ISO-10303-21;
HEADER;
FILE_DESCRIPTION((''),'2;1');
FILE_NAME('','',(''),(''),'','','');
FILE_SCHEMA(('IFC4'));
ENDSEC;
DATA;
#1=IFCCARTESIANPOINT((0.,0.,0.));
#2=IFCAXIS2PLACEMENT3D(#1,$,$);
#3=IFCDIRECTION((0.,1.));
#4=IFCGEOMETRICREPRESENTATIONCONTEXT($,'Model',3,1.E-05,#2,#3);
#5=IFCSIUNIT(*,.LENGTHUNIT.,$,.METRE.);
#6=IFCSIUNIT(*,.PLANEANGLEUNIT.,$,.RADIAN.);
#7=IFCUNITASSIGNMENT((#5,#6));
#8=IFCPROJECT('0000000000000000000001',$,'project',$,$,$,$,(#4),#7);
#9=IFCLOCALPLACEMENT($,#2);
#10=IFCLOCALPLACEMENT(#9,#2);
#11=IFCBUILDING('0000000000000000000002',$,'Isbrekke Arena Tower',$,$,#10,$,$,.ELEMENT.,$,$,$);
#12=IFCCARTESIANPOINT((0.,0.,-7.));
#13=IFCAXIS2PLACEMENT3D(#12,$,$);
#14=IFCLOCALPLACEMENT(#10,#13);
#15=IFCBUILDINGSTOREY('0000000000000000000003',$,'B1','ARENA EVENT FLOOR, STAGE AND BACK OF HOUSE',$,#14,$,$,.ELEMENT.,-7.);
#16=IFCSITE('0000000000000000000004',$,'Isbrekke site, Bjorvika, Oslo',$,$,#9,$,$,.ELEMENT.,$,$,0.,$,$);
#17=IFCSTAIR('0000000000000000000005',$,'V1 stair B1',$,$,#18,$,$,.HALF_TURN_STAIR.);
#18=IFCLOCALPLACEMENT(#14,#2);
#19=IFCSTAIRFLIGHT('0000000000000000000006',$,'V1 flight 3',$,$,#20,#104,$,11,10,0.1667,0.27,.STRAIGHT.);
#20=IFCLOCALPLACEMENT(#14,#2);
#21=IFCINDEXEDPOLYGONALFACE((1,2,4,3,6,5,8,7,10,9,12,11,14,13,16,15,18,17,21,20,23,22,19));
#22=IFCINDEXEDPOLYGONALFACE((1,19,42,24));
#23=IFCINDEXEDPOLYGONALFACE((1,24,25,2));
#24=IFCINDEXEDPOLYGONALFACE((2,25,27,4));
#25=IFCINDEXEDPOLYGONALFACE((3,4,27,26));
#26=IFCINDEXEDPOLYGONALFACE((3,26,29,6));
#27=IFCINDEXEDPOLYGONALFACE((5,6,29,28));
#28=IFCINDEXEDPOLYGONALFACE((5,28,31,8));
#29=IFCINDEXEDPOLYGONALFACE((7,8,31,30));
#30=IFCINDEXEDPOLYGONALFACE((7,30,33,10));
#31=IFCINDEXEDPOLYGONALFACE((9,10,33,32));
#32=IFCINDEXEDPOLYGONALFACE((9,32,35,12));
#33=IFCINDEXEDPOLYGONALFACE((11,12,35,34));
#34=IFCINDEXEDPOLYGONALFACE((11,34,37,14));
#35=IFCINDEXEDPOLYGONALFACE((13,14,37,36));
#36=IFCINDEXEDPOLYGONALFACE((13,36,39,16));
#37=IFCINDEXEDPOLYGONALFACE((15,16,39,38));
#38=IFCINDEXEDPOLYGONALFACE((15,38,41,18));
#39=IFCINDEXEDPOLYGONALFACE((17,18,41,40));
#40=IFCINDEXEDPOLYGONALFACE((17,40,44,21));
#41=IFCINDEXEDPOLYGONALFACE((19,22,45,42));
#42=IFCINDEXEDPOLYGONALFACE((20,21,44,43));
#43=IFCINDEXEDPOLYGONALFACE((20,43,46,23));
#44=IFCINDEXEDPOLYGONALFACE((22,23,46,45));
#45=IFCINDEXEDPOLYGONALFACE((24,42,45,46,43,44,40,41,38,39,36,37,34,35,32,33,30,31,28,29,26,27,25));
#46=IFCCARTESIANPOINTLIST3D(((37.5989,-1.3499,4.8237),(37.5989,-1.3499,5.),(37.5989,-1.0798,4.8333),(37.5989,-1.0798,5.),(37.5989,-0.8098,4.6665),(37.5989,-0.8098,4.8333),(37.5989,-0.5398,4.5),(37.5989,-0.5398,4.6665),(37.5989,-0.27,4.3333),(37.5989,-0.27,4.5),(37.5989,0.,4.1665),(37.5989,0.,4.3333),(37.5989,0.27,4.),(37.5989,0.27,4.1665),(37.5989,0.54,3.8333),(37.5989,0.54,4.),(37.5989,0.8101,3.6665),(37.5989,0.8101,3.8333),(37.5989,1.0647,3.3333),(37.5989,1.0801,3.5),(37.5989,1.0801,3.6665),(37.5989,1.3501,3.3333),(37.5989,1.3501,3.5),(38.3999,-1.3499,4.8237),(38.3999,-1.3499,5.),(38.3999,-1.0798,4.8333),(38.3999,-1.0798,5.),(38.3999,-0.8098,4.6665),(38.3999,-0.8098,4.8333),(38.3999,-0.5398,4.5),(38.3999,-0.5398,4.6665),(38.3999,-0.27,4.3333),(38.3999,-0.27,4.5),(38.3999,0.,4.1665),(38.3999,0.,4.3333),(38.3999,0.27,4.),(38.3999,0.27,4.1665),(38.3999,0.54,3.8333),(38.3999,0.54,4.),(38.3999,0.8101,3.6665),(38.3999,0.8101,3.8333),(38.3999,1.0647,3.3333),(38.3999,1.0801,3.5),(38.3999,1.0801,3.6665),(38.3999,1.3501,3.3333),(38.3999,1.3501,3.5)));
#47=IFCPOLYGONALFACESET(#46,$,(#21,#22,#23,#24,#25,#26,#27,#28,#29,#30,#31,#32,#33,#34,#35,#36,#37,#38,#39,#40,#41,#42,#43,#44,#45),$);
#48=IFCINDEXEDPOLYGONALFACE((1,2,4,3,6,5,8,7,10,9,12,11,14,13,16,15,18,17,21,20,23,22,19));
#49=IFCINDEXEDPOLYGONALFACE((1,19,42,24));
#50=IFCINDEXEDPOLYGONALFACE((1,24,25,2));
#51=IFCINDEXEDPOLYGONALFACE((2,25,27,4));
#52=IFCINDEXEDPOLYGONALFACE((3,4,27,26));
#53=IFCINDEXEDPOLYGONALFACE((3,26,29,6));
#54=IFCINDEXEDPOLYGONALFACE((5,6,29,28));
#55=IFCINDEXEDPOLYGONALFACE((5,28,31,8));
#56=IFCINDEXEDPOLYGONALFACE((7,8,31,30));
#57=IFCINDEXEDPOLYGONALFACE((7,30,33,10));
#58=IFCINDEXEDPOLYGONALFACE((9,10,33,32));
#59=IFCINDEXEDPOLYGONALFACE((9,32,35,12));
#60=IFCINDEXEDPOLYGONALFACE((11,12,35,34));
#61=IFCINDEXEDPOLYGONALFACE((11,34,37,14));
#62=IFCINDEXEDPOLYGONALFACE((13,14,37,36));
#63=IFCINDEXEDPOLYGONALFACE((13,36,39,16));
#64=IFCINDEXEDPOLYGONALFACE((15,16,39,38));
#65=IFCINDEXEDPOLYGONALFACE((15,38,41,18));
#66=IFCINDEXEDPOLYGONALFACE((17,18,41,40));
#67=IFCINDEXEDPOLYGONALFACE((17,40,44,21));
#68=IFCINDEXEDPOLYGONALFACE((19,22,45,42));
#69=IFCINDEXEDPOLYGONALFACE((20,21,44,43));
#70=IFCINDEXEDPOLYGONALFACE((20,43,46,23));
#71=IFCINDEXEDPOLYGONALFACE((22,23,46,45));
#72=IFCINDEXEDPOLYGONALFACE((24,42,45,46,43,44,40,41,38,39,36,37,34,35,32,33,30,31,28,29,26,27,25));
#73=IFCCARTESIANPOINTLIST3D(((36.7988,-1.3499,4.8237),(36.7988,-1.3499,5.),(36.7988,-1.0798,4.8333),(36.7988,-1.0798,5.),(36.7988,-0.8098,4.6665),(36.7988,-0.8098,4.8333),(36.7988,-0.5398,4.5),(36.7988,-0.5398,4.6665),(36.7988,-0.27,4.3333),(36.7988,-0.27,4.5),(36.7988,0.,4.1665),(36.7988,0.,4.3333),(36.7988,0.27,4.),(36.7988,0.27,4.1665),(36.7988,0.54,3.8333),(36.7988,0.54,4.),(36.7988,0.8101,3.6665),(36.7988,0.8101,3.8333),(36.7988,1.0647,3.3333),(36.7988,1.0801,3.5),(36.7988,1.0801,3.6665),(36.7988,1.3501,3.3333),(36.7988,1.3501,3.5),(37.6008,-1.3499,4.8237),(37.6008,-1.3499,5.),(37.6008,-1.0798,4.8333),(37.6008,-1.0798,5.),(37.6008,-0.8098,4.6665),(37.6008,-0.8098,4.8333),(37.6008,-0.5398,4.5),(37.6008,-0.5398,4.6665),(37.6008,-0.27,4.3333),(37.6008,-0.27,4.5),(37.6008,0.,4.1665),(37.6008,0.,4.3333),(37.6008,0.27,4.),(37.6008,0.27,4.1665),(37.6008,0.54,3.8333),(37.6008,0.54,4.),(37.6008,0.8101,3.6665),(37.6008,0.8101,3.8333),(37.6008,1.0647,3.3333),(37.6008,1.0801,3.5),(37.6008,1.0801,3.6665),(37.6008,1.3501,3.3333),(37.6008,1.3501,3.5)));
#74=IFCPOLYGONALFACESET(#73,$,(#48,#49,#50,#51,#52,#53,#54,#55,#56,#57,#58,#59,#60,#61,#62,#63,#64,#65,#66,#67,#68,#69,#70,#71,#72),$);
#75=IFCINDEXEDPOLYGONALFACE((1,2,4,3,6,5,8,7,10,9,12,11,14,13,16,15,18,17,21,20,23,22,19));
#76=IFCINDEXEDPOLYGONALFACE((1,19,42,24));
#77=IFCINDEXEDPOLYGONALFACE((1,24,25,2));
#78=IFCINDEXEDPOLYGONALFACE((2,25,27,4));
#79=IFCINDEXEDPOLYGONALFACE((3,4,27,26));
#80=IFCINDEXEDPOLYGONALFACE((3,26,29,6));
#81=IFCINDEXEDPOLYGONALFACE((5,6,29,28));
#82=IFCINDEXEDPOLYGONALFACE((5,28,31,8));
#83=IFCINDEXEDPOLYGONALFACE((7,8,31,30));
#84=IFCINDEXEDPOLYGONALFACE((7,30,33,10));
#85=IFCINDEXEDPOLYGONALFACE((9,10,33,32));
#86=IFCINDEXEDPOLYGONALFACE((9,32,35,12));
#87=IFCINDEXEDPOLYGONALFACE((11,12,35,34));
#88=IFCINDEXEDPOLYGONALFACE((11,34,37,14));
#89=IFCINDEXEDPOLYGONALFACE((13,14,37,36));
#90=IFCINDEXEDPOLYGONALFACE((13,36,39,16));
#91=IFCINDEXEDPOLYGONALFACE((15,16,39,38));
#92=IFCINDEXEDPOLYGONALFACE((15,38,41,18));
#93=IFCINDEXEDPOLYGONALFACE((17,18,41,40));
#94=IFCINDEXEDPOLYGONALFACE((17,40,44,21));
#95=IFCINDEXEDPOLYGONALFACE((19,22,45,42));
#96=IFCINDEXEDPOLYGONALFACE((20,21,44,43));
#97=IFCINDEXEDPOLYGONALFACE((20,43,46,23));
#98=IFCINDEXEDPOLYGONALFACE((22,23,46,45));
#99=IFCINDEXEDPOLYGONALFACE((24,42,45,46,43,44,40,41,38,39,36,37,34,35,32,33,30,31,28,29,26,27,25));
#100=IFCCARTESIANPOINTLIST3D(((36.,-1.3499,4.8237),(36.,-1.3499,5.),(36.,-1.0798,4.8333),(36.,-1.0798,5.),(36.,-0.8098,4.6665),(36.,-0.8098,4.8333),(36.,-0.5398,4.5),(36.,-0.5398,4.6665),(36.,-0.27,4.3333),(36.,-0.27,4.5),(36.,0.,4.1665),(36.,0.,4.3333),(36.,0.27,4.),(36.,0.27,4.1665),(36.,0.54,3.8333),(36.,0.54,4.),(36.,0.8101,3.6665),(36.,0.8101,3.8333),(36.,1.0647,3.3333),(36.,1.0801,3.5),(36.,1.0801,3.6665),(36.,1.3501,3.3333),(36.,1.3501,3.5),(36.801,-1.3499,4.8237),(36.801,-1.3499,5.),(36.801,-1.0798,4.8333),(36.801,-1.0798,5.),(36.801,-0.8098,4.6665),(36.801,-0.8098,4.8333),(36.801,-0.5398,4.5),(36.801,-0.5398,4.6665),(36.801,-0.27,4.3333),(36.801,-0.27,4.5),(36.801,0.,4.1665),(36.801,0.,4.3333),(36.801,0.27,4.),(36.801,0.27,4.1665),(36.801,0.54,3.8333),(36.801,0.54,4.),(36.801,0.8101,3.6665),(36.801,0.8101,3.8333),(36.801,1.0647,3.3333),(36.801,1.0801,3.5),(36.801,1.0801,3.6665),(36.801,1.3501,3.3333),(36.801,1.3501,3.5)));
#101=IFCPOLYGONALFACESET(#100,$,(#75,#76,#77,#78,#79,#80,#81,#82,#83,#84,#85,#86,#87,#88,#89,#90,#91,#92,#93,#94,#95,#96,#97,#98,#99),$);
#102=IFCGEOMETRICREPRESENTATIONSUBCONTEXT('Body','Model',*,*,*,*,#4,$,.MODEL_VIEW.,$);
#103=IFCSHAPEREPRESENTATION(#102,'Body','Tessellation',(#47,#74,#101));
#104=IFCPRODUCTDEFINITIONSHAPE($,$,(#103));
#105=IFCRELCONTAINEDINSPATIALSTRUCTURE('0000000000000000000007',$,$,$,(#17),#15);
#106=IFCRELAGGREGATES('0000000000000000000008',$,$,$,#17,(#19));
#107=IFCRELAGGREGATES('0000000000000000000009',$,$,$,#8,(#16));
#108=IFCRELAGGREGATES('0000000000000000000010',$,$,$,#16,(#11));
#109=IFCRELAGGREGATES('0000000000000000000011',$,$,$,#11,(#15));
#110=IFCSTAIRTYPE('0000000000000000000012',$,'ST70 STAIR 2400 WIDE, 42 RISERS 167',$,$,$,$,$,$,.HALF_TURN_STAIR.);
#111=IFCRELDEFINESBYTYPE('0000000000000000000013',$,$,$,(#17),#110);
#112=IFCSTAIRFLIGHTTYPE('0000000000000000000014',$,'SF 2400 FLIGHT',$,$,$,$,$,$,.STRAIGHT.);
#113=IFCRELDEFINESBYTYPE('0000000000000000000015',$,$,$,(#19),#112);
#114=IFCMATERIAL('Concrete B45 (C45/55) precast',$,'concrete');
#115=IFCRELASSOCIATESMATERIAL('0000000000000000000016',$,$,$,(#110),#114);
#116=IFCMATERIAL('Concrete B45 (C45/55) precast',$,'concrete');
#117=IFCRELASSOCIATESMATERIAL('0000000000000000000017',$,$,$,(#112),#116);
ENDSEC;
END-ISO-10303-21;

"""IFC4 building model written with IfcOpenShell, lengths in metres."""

from ifc_helpers import new_model, si_unit, direction, frame, origin, place, context, subcontext, project, spatial, polyline, outline, extrude, material, type_object, element, aggregate, save


model = new_model("IFC4")

# Units and contexts
model_context = context("Model", 3, precision=1e-05, world=origin(), true_north=direction((0.0, 1.0)))
body_context = subcontext(model_context, "Body", "Model", "MODEL_VIEW")
ifc_project = project(units=[si_unit("LENGTHUNIT", "METRE"), si_unit("PLANEANGLEUNIT", "RADIAN")], contexts=[model_context])

# Site, building, storey
site_placement = place(None, origin())
site = spatial("IfcSite", under=ifc_project, at=site_placement, Name="Isbrekke site, Bjorvika, Oslo", CompositionType="ELEMENT", RefElevation=0.0)
building_placement = place(site_placement, origin())
building = spatial("IfcBuilding", under=site, at=building_placement, Name="Isbrekke Arena Tower", CompositionType="ELEMENT")
storey_placement = place(building_placement, frame((0.0, 0.0, -7.0)))
storey = spatial("IfcBuildingStorey", under=building, at=storey_placement, Name="B1", Description="ARENA EVENT FLOOR, STAGE AND BACK OF HOUSE", CompositionType="ELEMENT", Elevation=-7.0)

# Stair, stair flight
ifc_material_1 = material(Name="Concrete B45 (C45/55) precast", Category="concrete")
stair_type = type_object("IfcStairType", Name="ST70 STAIR 2400 WIDE, 42 RISERS 167", PredefinedType="HALF_TURN_STAIR", material=ifc_material_1)
stair_placement = place(storey_placement, origin())
stair = element("IfcStair", 1, at=stair_placement, inside=storey, type_object=stair_type, Name="V1 stair B1", PredefinedType="HALF_TURN_STAIR")
ifc_material_2 = material(Name="Concrete B45 (C45/55) precast", Category="concrete")
stair_flight_type = type_object("IfcStairFlightType", Name="SF 2400 FLIGHT", PredefinedType="STRAIGHT", material=ifc_material_2)
stair_flight_1_placement = place(storey_placement, frame((37.2, 1.3501, 3.3333), z_axis=(0.0, 0.0, 1.0), x_axis=(0.0, -1.0, 0.0)))
stair_flight_1 = element("IfcStairFlight", 2, at=stair_flight_1_placement, type_object=stair_flight_type, Name="V1 flight 3", NumberOfRisers=11, NumberOfTreads=10, PredefinedType="STRAIGHT", RiserHeight=0.1667, TreadLength=0.27, context=body_context, shape_type="SweptSolid", body=[
    extrude(outline(polyline([(0.0, 0.0), (0.0, 0.1667), (0.27, 0.1667), (0.27, 0.3333), (0.54, 0.3333), (0.54, 0.5), (0.8101, 0.5), (0.8101, 0.6667), (1.0801, 0.6667), (1.0801, 0.8333), (1.3501, 0.8333), (1.3501, 1.0), (1.6201, 1.0), (1.6201, 1.1667), (1.8899, 1.1667), (1.8899, 1.3333), (2.1599, 1.3333), (2.1599, 1.5), (2.4299, 1.5), (2.4299, 1.6667), (2.7, 1.6667), (2.7, 1.8333), (2.7, 1.4905), (0.2854, 0.0), (0.0, 0.0)])), frame((0.0, 1.2, 0.0), z_axis=(0.0, -1.0, 0.0), x_axis=(1.0, 0.0, 0.0)), (0.0, 0.0, 1.0), 0.801),
    extrude(outline(polyline([(0.0, 0.0), (0.0, 0.1667), (0.27, 0.1667), (0.27, 0.3333), (0.54, 0.3333), (0.54, 0.5), (0.8101, 0.5), (0.8101, 0.6667), (1.0801, 0.6667), (1.0801, 0.8333), (1.3501, 0.8333), (1.3501, 1.0), (1.6201, 1.0), (1.6201, 1.1667), (1.8899, 1.1667), (1.8899, 1.3333), (2.1599, 1.3333), (2.1599, 1.5), (2.4299, 1.5), (2.4299, 1.6667), (2.7, 1.6667), (2.7, 1.8333), (2.7, 1.4905), (0.2854, 0.0), (0.0, 0.0)])), frame((0.0, 0.4009, 0.0), z_axis=(0.0, -1.0, 0.0), x_axis=(1.0, 0.0, 0.0)), (0.0, 0.0, 1.0), 0.802),
    extrude(outline(polyline([(0.0, 0.0), (0.0, 0.1667), (0.27, 0.1667), (0.27, 0.3333), (0.54, 0.3333), (0.54, 0.5), (0.8101, 0.5), (0.8101, 0.6667), (1.0801, 0.6667), (1.0801, 0.8333), (1.3501, 0.8333), (1.3501, 1.0), (1.6201, 1.0), (1.6201, 1.1667), (1.8899, 1.1667), (1.8899, 1.3333), (2.1599, 1.3333), (2.1599, 1.5), (2.4299, 1.5), (2.4299, 1.6667), (2.7, 1.6667), (2.7, 1.8333), (2.7, 1.4905), (0.2854, 0.0), (0.0, 0.0)])), frame((0.0, -0.3989, 0.0), z_axis=(0.0, -1.0, 0.0), x_axis=(1.0, 0.0, 0.0)), (0.0, 0.0, 1.0), 0.801),
])
aggregate(stair, [stair_flight_1])

save(model, "model.ifc")
